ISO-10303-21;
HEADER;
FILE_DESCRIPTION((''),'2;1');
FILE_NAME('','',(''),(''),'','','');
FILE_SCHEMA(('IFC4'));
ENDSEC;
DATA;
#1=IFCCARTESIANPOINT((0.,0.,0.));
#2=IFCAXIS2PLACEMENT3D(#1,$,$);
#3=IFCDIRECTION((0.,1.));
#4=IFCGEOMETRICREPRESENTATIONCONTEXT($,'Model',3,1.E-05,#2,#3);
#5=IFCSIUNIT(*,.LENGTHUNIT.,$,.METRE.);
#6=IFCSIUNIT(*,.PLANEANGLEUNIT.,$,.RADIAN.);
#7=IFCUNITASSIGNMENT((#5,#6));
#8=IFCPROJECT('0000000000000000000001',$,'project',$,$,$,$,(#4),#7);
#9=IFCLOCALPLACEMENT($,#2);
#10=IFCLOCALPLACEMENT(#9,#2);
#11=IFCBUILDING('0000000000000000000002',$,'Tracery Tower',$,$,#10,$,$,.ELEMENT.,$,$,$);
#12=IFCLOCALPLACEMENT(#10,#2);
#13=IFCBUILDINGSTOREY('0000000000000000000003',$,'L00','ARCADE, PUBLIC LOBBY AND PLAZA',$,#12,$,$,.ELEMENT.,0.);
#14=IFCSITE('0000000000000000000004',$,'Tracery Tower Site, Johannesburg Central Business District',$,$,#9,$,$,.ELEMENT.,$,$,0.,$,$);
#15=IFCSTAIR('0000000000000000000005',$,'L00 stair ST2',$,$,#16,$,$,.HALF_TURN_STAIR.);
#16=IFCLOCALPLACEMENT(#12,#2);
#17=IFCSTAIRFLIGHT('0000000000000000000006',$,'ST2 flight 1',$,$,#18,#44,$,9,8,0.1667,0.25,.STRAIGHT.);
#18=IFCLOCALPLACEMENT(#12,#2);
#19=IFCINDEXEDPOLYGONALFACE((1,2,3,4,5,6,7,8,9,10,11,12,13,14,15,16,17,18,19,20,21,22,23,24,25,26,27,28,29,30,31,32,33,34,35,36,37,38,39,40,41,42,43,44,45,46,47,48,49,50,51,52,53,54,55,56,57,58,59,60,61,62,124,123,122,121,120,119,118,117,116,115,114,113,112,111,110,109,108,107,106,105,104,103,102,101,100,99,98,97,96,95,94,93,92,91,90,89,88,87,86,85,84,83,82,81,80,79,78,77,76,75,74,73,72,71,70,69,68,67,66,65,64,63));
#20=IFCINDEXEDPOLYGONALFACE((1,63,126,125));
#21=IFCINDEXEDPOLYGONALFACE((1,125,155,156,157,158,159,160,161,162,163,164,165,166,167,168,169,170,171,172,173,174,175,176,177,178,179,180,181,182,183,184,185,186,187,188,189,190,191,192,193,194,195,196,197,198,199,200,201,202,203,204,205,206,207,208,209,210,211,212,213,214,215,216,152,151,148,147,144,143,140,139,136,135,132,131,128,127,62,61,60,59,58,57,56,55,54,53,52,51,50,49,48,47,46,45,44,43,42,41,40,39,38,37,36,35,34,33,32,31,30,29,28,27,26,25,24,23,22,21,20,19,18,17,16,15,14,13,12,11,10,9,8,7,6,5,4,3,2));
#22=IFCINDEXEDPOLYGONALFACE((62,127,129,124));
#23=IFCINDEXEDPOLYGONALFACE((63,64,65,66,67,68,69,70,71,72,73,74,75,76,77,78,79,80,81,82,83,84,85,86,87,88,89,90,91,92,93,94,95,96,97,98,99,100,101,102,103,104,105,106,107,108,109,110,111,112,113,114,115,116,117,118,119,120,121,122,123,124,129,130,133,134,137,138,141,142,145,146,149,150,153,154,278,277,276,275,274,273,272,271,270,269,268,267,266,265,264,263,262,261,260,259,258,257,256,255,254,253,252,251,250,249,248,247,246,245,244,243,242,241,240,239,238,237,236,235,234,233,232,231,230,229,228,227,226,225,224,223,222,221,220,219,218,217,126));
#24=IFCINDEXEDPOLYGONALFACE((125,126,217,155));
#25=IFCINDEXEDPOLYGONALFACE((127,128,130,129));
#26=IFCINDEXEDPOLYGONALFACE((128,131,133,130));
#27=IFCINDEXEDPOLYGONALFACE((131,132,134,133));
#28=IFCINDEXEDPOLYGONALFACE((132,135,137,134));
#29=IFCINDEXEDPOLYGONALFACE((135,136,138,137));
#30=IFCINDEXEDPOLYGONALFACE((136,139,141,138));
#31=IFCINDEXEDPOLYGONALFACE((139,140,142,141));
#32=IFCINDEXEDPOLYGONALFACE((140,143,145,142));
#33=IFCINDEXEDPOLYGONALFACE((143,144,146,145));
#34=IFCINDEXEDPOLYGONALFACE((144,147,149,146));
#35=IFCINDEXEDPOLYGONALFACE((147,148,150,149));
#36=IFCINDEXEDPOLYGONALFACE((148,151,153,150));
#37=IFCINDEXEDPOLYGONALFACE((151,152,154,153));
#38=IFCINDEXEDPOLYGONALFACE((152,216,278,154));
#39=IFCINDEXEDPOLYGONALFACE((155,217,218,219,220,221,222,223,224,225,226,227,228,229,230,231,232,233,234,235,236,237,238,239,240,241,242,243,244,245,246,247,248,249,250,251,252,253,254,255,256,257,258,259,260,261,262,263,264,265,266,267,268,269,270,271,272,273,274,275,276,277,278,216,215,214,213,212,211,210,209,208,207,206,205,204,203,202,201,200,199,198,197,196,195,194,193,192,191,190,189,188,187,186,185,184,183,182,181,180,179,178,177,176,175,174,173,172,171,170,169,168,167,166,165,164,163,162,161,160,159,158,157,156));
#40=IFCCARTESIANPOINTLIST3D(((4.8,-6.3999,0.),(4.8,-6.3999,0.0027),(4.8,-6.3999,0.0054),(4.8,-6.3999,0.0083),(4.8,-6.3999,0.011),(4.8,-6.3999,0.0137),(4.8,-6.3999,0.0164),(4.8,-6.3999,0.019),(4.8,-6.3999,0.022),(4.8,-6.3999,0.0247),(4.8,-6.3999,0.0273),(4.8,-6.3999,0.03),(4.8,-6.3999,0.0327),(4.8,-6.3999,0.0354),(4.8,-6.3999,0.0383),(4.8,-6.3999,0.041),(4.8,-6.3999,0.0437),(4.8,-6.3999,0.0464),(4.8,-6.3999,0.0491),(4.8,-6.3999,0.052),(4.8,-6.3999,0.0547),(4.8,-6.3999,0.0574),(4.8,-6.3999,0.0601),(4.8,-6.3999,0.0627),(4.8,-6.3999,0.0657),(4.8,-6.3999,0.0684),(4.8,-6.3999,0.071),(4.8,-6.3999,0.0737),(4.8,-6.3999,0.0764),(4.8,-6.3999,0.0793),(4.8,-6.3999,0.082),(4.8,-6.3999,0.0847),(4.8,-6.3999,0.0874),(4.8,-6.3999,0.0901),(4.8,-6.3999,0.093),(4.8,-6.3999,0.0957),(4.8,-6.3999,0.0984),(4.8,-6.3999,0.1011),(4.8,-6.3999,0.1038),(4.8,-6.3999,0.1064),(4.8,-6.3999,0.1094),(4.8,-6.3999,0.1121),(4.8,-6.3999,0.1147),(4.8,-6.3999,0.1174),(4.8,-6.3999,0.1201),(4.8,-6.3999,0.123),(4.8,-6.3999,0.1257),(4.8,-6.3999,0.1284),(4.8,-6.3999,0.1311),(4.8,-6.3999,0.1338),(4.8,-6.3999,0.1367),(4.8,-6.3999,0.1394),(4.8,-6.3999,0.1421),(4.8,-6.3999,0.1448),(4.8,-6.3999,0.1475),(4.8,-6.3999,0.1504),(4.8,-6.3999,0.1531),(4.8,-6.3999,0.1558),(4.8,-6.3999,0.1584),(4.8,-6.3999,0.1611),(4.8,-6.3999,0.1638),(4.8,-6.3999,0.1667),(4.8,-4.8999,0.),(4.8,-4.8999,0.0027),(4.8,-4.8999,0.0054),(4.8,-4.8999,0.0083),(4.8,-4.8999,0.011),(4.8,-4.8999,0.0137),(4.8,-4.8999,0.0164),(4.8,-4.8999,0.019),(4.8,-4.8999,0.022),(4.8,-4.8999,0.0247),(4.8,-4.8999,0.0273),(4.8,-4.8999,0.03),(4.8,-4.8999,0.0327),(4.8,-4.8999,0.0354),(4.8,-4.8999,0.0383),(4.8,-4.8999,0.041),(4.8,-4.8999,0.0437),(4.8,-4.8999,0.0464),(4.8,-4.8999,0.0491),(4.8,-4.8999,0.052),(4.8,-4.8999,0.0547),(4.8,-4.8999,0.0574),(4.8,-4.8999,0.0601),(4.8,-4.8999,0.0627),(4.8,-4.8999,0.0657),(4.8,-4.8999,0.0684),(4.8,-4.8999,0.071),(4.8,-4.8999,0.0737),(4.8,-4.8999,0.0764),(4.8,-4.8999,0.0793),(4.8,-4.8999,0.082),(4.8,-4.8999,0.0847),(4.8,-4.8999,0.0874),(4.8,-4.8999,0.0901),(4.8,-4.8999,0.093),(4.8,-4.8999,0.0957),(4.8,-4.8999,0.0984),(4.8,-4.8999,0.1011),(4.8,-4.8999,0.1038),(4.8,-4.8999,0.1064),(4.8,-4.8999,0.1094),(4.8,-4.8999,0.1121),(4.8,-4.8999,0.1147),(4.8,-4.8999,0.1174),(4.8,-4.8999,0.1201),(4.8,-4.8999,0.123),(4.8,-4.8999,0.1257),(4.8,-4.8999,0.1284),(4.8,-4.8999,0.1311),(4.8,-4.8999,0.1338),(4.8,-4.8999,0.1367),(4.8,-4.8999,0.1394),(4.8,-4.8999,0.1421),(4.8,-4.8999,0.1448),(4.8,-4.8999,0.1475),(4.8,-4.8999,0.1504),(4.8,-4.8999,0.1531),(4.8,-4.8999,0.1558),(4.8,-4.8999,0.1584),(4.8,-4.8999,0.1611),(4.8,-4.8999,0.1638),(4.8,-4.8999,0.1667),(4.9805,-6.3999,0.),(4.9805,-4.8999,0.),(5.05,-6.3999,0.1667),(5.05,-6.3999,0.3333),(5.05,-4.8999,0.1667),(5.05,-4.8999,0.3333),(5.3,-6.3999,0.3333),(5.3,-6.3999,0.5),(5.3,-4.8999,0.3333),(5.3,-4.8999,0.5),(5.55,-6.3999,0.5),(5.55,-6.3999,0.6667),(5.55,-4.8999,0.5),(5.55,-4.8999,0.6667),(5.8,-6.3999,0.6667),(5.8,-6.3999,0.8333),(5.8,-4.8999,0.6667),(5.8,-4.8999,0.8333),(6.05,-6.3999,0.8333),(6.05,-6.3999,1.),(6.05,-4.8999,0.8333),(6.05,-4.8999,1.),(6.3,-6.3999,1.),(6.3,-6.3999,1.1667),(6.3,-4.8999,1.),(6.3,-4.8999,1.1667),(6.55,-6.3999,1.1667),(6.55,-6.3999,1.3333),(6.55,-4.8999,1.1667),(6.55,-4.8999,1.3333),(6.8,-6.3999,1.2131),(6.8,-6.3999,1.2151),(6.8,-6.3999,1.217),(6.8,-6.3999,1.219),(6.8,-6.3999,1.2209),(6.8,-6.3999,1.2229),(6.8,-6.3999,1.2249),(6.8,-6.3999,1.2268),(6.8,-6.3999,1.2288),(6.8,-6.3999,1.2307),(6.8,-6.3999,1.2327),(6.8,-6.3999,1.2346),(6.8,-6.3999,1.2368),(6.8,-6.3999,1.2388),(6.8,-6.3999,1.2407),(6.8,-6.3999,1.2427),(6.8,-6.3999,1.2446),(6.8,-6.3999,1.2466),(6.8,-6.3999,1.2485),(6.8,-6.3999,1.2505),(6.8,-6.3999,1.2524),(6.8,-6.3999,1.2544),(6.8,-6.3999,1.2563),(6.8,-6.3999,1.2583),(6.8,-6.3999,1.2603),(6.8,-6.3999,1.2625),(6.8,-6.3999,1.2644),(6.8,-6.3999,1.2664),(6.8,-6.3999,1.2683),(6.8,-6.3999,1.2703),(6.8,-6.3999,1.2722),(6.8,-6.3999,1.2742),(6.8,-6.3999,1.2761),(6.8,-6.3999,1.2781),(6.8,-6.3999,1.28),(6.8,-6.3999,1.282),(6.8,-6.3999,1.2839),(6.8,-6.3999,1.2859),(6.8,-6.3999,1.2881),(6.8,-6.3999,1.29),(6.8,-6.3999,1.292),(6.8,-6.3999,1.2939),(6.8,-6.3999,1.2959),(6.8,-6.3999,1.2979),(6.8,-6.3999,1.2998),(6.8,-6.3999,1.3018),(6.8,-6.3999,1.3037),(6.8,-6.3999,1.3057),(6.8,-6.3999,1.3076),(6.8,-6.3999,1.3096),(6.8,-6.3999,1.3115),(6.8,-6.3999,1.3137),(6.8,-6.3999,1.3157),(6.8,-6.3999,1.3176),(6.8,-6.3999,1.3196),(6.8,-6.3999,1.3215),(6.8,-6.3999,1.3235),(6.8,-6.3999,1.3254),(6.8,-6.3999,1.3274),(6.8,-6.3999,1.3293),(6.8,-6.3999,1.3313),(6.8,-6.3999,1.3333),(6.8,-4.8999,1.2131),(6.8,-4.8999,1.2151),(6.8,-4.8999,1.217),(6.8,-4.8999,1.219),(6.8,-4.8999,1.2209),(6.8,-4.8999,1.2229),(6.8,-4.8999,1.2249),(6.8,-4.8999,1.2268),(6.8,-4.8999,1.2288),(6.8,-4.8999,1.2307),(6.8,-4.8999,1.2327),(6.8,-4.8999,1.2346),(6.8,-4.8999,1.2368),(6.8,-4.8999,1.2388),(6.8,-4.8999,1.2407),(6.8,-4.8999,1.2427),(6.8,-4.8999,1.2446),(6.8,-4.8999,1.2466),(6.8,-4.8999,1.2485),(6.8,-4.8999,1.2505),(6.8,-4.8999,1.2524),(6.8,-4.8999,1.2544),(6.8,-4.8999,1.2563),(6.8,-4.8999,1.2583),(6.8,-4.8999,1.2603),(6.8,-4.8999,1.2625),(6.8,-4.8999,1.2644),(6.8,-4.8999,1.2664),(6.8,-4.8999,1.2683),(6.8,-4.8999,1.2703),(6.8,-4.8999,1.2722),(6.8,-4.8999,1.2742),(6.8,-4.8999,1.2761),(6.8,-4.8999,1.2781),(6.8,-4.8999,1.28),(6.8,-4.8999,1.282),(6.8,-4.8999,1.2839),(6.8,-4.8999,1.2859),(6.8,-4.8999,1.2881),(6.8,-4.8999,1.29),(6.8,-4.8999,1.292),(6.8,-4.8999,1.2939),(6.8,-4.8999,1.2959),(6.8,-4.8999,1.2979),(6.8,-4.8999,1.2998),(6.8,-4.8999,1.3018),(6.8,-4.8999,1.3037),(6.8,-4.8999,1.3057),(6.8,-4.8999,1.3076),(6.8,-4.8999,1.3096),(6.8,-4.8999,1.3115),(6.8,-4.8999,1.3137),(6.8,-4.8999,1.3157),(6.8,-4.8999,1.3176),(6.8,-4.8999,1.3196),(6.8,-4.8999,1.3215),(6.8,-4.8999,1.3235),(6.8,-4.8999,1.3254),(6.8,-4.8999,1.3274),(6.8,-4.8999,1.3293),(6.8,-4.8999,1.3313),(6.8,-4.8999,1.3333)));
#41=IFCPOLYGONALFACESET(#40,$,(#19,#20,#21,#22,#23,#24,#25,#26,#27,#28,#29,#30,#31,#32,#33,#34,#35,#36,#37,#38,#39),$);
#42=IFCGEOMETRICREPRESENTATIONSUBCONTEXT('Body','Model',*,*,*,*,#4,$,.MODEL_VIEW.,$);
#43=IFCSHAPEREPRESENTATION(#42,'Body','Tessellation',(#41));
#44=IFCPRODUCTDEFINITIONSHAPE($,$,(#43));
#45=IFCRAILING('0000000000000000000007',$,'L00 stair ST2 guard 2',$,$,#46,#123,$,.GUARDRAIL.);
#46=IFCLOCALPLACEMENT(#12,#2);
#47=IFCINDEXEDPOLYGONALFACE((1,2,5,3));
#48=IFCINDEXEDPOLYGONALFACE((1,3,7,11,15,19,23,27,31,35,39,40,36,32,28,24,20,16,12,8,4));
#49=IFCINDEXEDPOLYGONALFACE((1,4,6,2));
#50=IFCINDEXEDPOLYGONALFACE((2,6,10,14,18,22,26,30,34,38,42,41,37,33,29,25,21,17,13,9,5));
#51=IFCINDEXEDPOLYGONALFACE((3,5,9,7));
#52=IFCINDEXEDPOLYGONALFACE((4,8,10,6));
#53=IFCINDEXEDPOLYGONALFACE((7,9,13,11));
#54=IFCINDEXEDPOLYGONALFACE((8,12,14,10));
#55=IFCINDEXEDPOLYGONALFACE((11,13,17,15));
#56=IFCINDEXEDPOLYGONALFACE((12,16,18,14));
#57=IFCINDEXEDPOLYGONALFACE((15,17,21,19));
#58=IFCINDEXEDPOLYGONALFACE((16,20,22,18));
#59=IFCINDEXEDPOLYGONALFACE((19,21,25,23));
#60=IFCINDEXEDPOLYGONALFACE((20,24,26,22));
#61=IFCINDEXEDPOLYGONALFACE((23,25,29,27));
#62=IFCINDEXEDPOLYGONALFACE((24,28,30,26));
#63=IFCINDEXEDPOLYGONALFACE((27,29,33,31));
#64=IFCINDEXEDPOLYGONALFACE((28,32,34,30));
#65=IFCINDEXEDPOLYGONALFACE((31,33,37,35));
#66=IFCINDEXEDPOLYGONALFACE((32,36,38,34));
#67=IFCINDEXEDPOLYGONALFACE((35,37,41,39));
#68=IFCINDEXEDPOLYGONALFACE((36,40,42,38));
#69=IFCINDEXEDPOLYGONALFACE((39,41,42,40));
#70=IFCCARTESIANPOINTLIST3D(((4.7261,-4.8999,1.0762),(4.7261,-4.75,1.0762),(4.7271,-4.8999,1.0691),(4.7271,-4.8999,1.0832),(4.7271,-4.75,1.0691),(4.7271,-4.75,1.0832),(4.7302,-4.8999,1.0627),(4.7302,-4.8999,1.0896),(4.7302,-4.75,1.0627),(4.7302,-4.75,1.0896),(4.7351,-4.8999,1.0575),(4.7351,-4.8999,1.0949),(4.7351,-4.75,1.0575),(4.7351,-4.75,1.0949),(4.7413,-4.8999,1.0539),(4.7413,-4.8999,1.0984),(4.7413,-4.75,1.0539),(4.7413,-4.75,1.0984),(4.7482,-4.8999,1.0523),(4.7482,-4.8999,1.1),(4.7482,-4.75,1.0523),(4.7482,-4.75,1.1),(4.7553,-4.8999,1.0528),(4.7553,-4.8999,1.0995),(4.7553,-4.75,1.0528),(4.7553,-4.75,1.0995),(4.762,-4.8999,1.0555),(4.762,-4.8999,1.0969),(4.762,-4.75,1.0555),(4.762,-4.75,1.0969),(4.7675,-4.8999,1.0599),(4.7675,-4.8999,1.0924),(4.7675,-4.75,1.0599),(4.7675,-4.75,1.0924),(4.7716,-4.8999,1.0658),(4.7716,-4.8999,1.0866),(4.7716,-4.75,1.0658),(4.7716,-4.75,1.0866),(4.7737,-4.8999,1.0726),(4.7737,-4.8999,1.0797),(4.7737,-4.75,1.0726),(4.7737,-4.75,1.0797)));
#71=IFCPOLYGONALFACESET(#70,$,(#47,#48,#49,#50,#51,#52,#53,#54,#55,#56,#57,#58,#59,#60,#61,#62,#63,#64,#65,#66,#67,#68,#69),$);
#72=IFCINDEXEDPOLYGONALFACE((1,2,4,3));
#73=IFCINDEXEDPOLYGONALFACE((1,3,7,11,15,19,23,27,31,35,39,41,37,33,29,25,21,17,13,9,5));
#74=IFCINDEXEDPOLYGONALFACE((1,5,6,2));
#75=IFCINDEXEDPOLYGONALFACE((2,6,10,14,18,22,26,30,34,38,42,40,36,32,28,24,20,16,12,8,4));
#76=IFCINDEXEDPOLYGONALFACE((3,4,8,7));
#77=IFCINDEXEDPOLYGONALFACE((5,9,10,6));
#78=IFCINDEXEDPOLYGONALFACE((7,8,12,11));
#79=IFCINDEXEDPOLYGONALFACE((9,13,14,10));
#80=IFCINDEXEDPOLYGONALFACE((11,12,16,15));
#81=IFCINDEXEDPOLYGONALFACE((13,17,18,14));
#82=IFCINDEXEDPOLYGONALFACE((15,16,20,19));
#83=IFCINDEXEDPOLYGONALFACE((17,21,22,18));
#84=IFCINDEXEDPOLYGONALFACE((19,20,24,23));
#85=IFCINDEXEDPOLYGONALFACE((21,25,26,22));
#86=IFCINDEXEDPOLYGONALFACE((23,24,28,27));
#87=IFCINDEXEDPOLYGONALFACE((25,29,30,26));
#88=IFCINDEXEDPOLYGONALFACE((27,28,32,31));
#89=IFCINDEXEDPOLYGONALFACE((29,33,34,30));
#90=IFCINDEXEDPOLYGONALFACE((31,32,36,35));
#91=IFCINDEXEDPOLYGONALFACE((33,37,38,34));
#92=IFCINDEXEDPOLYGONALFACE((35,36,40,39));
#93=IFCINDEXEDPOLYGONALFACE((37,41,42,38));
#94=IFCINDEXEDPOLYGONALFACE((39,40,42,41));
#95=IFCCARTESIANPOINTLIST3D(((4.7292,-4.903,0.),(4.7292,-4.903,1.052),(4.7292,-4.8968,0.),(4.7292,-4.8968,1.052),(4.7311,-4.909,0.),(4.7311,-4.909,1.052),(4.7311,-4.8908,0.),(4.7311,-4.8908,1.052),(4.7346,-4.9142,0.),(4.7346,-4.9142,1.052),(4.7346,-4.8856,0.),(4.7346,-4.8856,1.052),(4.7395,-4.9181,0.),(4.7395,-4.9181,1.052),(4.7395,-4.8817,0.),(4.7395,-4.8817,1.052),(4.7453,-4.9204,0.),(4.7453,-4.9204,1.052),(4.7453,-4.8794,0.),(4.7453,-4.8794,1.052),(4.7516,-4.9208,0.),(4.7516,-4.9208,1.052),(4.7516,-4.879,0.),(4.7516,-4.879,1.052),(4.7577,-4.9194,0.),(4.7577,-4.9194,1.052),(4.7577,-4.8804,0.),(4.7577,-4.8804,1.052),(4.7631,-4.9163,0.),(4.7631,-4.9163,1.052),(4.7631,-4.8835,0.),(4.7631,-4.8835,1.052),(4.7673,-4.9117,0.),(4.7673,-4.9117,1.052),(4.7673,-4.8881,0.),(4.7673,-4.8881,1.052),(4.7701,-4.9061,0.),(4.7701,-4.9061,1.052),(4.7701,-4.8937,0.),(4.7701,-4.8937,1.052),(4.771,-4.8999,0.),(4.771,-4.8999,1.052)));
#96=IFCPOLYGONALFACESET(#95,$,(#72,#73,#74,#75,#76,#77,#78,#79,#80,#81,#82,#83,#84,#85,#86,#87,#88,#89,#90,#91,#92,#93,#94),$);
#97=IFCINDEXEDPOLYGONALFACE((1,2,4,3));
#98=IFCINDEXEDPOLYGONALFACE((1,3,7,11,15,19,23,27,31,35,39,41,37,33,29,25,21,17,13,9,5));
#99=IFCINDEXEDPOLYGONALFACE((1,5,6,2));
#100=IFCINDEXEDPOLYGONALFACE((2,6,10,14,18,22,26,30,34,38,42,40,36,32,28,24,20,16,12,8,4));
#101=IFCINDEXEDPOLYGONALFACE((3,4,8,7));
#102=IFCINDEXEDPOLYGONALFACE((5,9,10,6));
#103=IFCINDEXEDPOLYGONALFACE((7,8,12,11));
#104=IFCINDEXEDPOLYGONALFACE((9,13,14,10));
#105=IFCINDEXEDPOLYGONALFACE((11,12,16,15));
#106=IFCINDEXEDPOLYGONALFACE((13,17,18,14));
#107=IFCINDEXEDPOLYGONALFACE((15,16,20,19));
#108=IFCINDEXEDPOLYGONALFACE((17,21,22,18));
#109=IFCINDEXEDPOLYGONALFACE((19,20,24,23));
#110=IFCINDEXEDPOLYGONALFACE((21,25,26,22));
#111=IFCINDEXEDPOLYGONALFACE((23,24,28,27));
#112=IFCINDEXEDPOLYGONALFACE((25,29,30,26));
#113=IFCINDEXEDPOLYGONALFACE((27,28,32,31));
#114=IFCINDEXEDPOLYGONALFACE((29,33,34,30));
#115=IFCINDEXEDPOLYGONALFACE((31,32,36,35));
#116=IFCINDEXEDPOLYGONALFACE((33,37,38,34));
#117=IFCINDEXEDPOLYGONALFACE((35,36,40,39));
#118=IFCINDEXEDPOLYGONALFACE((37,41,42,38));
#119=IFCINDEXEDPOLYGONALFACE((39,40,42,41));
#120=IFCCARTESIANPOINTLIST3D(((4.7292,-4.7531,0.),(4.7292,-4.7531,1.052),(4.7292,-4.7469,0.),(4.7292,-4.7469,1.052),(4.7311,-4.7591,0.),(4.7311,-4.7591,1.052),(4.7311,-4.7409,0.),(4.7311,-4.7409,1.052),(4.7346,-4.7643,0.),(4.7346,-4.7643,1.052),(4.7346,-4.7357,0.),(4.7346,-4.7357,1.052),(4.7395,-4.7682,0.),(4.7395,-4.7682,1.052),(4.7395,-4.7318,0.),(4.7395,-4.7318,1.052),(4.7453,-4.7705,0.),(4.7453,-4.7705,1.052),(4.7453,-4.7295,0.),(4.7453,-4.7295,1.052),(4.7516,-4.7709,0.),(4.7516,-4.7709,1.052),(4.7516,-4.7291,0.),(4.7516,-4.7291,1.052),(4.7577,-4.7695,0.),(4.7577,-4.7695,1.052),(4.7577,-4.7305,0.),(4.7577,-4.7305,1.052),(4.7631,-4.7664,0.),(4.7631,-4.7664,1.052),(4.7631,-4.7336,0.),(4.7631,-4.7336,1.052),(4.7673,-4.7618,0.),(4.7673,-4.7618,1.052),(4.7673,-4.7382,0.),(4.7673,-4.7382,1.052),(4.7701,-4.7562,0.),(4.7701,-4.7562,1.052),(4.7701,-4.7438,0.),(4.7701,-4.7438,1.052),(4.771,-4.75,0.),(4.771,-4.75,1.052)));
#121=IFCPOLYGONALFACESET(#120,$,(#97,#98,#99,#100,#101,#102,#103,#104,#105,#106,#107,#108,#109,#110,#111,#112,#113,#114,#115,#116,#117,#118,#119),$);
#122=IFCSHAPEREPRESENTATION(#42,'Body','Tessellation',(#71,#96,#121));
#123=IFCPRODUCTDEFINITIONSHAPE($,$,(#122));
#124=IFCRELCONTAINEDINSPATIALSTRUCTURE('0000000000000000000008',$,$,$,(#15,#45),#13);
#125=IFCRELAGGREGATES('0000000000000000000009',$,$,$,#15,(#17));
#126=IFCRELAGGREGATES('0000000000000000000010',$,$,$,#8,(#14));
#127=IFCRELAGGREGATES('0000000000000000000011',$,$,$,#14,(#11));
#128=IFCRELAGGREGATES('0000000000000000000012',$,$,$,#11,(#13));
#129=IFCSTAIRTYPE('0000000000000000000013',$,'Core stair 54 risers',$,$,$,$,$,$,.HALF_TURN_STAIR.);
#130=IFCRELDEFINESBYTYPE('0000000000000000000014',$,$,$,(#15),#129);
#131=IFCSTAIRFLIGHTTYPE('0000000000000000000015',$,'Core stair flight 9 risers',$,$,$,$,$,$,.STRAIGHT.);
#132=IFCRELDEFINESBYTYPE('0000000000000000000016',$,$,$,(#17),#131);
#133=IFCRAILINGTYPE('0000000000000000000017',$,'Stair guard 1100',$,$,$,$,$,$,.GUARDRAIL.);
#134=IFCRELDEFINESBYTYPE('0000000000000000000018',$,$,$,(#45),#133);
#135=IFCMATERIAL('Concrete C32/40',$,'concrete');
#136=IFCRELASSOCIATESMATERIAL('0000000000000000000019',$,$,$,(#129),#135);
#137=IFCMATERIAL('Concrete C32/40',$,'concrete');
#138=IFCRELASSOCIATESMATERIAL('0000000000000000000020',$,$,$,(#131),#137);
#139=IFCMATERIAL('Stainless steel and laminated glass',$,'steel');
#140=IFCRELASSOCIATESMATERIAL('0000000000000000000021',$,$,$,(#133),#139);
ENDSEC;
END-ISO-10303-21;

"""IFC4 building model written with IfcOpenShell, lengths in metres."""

from ifc_helpers import new_model, si_unit, direction, frame, origin, origin_2d, place, context, subcontext, project, spatial, polyline, circle, outline, extrude, material, type_object, element, aggregate, save


model = new_model("IFC4")

# Units and contexts
model_context = context("Model", 3, precision=1e-05, world=origin(), true_north=direction((0.0, 1.0)))
body_context = subcontext(model_context, "Body", "Model", "MODEL_VIEW")
ifc_project = project(units=[si_unit("LENGTHUNIT", "METRE"), si_unit("PLANEANGLEUNIT", "RADIAN")], contexts=[model_context])

# Site, building, storey
site_placement = place(None, origin())
site = spatial("IfcSite", under=ifc_project, at=site_placement, Name="Tracery Tower Site, Johannesburg Central Business District", CompositionType="ELEMENT", RefElevation=0.0)
building_placement = place(site_placement, origin())
building = spatial("IfcBuilding", under=site, at=building_placement, Name="Tracery Tower", CompositionType="ELEMENT")
storey_placement = place(building_placement, origin())
storey = spatial("IfcBuildingStorey", under=building, at=storey_placement, Name="L00", Description="ARCADE, PUBLIC LOBBY AND PLAZA", CompositionType="ELEMENT", Elevation=0.0)

# Stair, stair flight
ifc_material_1 = material(Name="Concrete C32/40", Category="concrete")
stair_type = type_object("IfcStairType", Name="Core stair 54 risers", PredefinedType="HALF_TURN_STAIR", material=ifc_material_1)
stair_placement = place(storey_placement, origin())
stair = element("IfcStair", 1, at=stair_placement, inside=storey, type_object=stair_type, Name="L00 stair ST2", PredefinedType="HALF_TURN_STAIR")
ifc_material_2 = material(Name="Concrete C32/40", Category="concrete")
stair_flight_type = type_object("IfcStairFlightType", Name="Core stair flight 9 risers", PredefinedType="STRAIGHT", material=ifc_material_2)
stair_flight_1_placement = place(storey_placement, frame((4.8, -5.6499, 0.0), z_axis=(0.0, 0.0, 1.0), x_axis=(1.0, 0.0, 0.0)))
stair_flight_1 = element("IfcStairFlight", 2, at=stair_flight_1_placement, type_object=stair_flight_type, Name="ST2 flight 1", NumberOfRisers=9, NumberOfTreads=8, PredefinedType="STRAIGHT", RiserHeight=0.1667, TreadLength=0.25, context=body_context, shape_type="SweptSolid", body=[
    extrude(outline(polyline([(0.0, 0.0), (0.0, 0.0027), (0.0, 0.0054), (0.0, 0.0083), (0.0, 0.011), (0.0, 0.0137), (0.0, 0.0164), (0.0, 0.019), (0.0, 0.022), (0.0, 0.0247), (0.0, 0.0273), (0.0, 0.03), (0.0, 0.0327), (0.0, 0.0354), (0.0, 0.0383), (0.0, 0.041), (0.0, 0.0437), (0.0, 0.0464), (0.0, 0.0491), (0.0, 0.052), (0.0, 0.0547), (0.0, 0.0574), (0.0, 0.0601), (0.0, 0.0627), (0.0, 0.0657), (0.0, 0.0684), (0.0, 0.071), (0.0, 0.0737), (0.0, 0.0764), (0.0, 0.0793), (0.0, 0.082), (0.0, 0.0847), (0.0, 0.0874), (0.0, 0.0901), (0.0, 0.093), (0.0, 0.0957), (0.0, 0.0984), (0.0, 0.1011), (0.0, 0.1038), (0.0, 0.1064), (0.0, 0.1094), (0.0, 0.1121), (0.0, 0.1147), (0.0, 0.1174), (0.0, 0.1201), (0.0, 0.123), (0.0, 0.1257), (0.0, 0.1284), (0.0, 0.1311), (0.0, 0.1338), (0.0, 0.1367), (0.0, 0.1394), (0.0, 0.1421), (0.0, 0.1448), (0.0, 0.1475), (0.0, 0.1504), (0.0, 0.1531), (0.0, 0.1558), (0.0, 0.1584), (0.0, 0.1611), (0.0, 0.1638), (0.0, 0.1667), (0.25, 0.1667), (0.25, 0.3333), (0.5, 0.3333), (0.5, 0.5), (0.75, 0.5), (0.75, 0.6667), (1.0, 0.6667), (1.0, 0.8333), (1.25, 0.8333), (1.25, 1.0), (1.5, 1.0), (1.5, 1.1667), (1.75, 1.1667), (1.75, 1.3333), (2.0, 1.3333), (2.0, 1.3313), (2.0, 1.3293), (2.0, 1.3274), (2.0, 1.3254), (2.0, 1.3235), (2.0, 1.3215), (2.0, 1.3196), (2.0, 1.3176), (2.0, 1.3157), (2.0, 1.3137), (2.0, 1.3115), (2.0, 1.3096), (2.0, 1.3076), (2.0, 1.3057), (2.0, 1.3037), (2.0, 1.3018), (2.0, 1.2998), (2.0, 1.2979), (2.0, 1.2959), (2.0, 1.2939), (2.0, 1.292), (2.0, 1.29), (2.0, 1.2881), (2.0, 1.2859), (2.0, 1.2839), (2.0, 1.282), (2.0, 1.28), (2.0, 1.2781), (2.0, 1.2761), (2.0, 1.2742), (2.0, 1.2722), (2.0, 1.2703), (2.0, 1.2683), (2.0, 1.2664), (2.0, 1.2644), (2.0, 1.2625), (2.0, 1.2603), (2.0, 1.2583), (2.0, 1.2563), (2.0, 1.2544), (2.0, 1.2524), (2.0, 1.2505), (2.0, 1.2485), (2.0, 1.2466), (2.0, 1.2446), (2.0, 1.2427), (2.0, 1.2407), (2.0, 1.2388), (2.0, 1.2368), (2.0, 1.2346), (2.0, 1.2327), (2.0, 1.2307), (2.0, 1.2288), (2.0, 1.2268), (2.0, 1.2249), (2.0, 1.2229), (2.0, 1.2209), (2.0, 1.219), (2.0, 1.217), (2.0, 1.2151), (2.0, 1.2131), (0.1804, 0.0), (0.0, 0.0)])), frame((0.0, 0.75, 0.0), z_axis=(0.0, -1.0, 0.0), x_axis=(1.0, 0.0, 0.0)), (0.0, 0.0, 1.0), 1.5),
])
aggregate(stair, [stair_flight_1])

# Railing
ifc_material_3 = material(Name="Stainless steel and laminated glass", Category="steel")
railing_type_1 = type_object("IfcRailingType", Name="Stair guard 1100", PredefinedType="GUARDRAIL", material=ifc_material_3)
railing_1_placement = place(storey_placement, frame((4.75, -4.8999, 0.0)))
element("IfcRailing", 3, at=railing_1_placement, inside=storey, type_object=railing_type_1, Name="L00 stair ST2 guard 2", PredefinedType="GUARDRAIL", context=body_context, shape_type="SweptSolid", body=[
    extrude(circle(Radius=0.0239, at=origin_2d()), frame((0.0, 0.0, 1.0762), z_axis=(0.0, 1.0, 0.0), x_axis=(-1.0, 0.0, 0.0)), (0.0, 0.0, 1.0), 0.1499),
    extrude(circle(Radius=0.021, at=origin_2d()), origin(), (0.0, 0.0, 1.0), 1.052),
    extrude(circle(Radius=0.021, at=origin_2d()), frame((0.0, 0.1499, 0.0)), (0.0, 0.0, 1.0), 1.052),
])

save(model, "model.ifc")
